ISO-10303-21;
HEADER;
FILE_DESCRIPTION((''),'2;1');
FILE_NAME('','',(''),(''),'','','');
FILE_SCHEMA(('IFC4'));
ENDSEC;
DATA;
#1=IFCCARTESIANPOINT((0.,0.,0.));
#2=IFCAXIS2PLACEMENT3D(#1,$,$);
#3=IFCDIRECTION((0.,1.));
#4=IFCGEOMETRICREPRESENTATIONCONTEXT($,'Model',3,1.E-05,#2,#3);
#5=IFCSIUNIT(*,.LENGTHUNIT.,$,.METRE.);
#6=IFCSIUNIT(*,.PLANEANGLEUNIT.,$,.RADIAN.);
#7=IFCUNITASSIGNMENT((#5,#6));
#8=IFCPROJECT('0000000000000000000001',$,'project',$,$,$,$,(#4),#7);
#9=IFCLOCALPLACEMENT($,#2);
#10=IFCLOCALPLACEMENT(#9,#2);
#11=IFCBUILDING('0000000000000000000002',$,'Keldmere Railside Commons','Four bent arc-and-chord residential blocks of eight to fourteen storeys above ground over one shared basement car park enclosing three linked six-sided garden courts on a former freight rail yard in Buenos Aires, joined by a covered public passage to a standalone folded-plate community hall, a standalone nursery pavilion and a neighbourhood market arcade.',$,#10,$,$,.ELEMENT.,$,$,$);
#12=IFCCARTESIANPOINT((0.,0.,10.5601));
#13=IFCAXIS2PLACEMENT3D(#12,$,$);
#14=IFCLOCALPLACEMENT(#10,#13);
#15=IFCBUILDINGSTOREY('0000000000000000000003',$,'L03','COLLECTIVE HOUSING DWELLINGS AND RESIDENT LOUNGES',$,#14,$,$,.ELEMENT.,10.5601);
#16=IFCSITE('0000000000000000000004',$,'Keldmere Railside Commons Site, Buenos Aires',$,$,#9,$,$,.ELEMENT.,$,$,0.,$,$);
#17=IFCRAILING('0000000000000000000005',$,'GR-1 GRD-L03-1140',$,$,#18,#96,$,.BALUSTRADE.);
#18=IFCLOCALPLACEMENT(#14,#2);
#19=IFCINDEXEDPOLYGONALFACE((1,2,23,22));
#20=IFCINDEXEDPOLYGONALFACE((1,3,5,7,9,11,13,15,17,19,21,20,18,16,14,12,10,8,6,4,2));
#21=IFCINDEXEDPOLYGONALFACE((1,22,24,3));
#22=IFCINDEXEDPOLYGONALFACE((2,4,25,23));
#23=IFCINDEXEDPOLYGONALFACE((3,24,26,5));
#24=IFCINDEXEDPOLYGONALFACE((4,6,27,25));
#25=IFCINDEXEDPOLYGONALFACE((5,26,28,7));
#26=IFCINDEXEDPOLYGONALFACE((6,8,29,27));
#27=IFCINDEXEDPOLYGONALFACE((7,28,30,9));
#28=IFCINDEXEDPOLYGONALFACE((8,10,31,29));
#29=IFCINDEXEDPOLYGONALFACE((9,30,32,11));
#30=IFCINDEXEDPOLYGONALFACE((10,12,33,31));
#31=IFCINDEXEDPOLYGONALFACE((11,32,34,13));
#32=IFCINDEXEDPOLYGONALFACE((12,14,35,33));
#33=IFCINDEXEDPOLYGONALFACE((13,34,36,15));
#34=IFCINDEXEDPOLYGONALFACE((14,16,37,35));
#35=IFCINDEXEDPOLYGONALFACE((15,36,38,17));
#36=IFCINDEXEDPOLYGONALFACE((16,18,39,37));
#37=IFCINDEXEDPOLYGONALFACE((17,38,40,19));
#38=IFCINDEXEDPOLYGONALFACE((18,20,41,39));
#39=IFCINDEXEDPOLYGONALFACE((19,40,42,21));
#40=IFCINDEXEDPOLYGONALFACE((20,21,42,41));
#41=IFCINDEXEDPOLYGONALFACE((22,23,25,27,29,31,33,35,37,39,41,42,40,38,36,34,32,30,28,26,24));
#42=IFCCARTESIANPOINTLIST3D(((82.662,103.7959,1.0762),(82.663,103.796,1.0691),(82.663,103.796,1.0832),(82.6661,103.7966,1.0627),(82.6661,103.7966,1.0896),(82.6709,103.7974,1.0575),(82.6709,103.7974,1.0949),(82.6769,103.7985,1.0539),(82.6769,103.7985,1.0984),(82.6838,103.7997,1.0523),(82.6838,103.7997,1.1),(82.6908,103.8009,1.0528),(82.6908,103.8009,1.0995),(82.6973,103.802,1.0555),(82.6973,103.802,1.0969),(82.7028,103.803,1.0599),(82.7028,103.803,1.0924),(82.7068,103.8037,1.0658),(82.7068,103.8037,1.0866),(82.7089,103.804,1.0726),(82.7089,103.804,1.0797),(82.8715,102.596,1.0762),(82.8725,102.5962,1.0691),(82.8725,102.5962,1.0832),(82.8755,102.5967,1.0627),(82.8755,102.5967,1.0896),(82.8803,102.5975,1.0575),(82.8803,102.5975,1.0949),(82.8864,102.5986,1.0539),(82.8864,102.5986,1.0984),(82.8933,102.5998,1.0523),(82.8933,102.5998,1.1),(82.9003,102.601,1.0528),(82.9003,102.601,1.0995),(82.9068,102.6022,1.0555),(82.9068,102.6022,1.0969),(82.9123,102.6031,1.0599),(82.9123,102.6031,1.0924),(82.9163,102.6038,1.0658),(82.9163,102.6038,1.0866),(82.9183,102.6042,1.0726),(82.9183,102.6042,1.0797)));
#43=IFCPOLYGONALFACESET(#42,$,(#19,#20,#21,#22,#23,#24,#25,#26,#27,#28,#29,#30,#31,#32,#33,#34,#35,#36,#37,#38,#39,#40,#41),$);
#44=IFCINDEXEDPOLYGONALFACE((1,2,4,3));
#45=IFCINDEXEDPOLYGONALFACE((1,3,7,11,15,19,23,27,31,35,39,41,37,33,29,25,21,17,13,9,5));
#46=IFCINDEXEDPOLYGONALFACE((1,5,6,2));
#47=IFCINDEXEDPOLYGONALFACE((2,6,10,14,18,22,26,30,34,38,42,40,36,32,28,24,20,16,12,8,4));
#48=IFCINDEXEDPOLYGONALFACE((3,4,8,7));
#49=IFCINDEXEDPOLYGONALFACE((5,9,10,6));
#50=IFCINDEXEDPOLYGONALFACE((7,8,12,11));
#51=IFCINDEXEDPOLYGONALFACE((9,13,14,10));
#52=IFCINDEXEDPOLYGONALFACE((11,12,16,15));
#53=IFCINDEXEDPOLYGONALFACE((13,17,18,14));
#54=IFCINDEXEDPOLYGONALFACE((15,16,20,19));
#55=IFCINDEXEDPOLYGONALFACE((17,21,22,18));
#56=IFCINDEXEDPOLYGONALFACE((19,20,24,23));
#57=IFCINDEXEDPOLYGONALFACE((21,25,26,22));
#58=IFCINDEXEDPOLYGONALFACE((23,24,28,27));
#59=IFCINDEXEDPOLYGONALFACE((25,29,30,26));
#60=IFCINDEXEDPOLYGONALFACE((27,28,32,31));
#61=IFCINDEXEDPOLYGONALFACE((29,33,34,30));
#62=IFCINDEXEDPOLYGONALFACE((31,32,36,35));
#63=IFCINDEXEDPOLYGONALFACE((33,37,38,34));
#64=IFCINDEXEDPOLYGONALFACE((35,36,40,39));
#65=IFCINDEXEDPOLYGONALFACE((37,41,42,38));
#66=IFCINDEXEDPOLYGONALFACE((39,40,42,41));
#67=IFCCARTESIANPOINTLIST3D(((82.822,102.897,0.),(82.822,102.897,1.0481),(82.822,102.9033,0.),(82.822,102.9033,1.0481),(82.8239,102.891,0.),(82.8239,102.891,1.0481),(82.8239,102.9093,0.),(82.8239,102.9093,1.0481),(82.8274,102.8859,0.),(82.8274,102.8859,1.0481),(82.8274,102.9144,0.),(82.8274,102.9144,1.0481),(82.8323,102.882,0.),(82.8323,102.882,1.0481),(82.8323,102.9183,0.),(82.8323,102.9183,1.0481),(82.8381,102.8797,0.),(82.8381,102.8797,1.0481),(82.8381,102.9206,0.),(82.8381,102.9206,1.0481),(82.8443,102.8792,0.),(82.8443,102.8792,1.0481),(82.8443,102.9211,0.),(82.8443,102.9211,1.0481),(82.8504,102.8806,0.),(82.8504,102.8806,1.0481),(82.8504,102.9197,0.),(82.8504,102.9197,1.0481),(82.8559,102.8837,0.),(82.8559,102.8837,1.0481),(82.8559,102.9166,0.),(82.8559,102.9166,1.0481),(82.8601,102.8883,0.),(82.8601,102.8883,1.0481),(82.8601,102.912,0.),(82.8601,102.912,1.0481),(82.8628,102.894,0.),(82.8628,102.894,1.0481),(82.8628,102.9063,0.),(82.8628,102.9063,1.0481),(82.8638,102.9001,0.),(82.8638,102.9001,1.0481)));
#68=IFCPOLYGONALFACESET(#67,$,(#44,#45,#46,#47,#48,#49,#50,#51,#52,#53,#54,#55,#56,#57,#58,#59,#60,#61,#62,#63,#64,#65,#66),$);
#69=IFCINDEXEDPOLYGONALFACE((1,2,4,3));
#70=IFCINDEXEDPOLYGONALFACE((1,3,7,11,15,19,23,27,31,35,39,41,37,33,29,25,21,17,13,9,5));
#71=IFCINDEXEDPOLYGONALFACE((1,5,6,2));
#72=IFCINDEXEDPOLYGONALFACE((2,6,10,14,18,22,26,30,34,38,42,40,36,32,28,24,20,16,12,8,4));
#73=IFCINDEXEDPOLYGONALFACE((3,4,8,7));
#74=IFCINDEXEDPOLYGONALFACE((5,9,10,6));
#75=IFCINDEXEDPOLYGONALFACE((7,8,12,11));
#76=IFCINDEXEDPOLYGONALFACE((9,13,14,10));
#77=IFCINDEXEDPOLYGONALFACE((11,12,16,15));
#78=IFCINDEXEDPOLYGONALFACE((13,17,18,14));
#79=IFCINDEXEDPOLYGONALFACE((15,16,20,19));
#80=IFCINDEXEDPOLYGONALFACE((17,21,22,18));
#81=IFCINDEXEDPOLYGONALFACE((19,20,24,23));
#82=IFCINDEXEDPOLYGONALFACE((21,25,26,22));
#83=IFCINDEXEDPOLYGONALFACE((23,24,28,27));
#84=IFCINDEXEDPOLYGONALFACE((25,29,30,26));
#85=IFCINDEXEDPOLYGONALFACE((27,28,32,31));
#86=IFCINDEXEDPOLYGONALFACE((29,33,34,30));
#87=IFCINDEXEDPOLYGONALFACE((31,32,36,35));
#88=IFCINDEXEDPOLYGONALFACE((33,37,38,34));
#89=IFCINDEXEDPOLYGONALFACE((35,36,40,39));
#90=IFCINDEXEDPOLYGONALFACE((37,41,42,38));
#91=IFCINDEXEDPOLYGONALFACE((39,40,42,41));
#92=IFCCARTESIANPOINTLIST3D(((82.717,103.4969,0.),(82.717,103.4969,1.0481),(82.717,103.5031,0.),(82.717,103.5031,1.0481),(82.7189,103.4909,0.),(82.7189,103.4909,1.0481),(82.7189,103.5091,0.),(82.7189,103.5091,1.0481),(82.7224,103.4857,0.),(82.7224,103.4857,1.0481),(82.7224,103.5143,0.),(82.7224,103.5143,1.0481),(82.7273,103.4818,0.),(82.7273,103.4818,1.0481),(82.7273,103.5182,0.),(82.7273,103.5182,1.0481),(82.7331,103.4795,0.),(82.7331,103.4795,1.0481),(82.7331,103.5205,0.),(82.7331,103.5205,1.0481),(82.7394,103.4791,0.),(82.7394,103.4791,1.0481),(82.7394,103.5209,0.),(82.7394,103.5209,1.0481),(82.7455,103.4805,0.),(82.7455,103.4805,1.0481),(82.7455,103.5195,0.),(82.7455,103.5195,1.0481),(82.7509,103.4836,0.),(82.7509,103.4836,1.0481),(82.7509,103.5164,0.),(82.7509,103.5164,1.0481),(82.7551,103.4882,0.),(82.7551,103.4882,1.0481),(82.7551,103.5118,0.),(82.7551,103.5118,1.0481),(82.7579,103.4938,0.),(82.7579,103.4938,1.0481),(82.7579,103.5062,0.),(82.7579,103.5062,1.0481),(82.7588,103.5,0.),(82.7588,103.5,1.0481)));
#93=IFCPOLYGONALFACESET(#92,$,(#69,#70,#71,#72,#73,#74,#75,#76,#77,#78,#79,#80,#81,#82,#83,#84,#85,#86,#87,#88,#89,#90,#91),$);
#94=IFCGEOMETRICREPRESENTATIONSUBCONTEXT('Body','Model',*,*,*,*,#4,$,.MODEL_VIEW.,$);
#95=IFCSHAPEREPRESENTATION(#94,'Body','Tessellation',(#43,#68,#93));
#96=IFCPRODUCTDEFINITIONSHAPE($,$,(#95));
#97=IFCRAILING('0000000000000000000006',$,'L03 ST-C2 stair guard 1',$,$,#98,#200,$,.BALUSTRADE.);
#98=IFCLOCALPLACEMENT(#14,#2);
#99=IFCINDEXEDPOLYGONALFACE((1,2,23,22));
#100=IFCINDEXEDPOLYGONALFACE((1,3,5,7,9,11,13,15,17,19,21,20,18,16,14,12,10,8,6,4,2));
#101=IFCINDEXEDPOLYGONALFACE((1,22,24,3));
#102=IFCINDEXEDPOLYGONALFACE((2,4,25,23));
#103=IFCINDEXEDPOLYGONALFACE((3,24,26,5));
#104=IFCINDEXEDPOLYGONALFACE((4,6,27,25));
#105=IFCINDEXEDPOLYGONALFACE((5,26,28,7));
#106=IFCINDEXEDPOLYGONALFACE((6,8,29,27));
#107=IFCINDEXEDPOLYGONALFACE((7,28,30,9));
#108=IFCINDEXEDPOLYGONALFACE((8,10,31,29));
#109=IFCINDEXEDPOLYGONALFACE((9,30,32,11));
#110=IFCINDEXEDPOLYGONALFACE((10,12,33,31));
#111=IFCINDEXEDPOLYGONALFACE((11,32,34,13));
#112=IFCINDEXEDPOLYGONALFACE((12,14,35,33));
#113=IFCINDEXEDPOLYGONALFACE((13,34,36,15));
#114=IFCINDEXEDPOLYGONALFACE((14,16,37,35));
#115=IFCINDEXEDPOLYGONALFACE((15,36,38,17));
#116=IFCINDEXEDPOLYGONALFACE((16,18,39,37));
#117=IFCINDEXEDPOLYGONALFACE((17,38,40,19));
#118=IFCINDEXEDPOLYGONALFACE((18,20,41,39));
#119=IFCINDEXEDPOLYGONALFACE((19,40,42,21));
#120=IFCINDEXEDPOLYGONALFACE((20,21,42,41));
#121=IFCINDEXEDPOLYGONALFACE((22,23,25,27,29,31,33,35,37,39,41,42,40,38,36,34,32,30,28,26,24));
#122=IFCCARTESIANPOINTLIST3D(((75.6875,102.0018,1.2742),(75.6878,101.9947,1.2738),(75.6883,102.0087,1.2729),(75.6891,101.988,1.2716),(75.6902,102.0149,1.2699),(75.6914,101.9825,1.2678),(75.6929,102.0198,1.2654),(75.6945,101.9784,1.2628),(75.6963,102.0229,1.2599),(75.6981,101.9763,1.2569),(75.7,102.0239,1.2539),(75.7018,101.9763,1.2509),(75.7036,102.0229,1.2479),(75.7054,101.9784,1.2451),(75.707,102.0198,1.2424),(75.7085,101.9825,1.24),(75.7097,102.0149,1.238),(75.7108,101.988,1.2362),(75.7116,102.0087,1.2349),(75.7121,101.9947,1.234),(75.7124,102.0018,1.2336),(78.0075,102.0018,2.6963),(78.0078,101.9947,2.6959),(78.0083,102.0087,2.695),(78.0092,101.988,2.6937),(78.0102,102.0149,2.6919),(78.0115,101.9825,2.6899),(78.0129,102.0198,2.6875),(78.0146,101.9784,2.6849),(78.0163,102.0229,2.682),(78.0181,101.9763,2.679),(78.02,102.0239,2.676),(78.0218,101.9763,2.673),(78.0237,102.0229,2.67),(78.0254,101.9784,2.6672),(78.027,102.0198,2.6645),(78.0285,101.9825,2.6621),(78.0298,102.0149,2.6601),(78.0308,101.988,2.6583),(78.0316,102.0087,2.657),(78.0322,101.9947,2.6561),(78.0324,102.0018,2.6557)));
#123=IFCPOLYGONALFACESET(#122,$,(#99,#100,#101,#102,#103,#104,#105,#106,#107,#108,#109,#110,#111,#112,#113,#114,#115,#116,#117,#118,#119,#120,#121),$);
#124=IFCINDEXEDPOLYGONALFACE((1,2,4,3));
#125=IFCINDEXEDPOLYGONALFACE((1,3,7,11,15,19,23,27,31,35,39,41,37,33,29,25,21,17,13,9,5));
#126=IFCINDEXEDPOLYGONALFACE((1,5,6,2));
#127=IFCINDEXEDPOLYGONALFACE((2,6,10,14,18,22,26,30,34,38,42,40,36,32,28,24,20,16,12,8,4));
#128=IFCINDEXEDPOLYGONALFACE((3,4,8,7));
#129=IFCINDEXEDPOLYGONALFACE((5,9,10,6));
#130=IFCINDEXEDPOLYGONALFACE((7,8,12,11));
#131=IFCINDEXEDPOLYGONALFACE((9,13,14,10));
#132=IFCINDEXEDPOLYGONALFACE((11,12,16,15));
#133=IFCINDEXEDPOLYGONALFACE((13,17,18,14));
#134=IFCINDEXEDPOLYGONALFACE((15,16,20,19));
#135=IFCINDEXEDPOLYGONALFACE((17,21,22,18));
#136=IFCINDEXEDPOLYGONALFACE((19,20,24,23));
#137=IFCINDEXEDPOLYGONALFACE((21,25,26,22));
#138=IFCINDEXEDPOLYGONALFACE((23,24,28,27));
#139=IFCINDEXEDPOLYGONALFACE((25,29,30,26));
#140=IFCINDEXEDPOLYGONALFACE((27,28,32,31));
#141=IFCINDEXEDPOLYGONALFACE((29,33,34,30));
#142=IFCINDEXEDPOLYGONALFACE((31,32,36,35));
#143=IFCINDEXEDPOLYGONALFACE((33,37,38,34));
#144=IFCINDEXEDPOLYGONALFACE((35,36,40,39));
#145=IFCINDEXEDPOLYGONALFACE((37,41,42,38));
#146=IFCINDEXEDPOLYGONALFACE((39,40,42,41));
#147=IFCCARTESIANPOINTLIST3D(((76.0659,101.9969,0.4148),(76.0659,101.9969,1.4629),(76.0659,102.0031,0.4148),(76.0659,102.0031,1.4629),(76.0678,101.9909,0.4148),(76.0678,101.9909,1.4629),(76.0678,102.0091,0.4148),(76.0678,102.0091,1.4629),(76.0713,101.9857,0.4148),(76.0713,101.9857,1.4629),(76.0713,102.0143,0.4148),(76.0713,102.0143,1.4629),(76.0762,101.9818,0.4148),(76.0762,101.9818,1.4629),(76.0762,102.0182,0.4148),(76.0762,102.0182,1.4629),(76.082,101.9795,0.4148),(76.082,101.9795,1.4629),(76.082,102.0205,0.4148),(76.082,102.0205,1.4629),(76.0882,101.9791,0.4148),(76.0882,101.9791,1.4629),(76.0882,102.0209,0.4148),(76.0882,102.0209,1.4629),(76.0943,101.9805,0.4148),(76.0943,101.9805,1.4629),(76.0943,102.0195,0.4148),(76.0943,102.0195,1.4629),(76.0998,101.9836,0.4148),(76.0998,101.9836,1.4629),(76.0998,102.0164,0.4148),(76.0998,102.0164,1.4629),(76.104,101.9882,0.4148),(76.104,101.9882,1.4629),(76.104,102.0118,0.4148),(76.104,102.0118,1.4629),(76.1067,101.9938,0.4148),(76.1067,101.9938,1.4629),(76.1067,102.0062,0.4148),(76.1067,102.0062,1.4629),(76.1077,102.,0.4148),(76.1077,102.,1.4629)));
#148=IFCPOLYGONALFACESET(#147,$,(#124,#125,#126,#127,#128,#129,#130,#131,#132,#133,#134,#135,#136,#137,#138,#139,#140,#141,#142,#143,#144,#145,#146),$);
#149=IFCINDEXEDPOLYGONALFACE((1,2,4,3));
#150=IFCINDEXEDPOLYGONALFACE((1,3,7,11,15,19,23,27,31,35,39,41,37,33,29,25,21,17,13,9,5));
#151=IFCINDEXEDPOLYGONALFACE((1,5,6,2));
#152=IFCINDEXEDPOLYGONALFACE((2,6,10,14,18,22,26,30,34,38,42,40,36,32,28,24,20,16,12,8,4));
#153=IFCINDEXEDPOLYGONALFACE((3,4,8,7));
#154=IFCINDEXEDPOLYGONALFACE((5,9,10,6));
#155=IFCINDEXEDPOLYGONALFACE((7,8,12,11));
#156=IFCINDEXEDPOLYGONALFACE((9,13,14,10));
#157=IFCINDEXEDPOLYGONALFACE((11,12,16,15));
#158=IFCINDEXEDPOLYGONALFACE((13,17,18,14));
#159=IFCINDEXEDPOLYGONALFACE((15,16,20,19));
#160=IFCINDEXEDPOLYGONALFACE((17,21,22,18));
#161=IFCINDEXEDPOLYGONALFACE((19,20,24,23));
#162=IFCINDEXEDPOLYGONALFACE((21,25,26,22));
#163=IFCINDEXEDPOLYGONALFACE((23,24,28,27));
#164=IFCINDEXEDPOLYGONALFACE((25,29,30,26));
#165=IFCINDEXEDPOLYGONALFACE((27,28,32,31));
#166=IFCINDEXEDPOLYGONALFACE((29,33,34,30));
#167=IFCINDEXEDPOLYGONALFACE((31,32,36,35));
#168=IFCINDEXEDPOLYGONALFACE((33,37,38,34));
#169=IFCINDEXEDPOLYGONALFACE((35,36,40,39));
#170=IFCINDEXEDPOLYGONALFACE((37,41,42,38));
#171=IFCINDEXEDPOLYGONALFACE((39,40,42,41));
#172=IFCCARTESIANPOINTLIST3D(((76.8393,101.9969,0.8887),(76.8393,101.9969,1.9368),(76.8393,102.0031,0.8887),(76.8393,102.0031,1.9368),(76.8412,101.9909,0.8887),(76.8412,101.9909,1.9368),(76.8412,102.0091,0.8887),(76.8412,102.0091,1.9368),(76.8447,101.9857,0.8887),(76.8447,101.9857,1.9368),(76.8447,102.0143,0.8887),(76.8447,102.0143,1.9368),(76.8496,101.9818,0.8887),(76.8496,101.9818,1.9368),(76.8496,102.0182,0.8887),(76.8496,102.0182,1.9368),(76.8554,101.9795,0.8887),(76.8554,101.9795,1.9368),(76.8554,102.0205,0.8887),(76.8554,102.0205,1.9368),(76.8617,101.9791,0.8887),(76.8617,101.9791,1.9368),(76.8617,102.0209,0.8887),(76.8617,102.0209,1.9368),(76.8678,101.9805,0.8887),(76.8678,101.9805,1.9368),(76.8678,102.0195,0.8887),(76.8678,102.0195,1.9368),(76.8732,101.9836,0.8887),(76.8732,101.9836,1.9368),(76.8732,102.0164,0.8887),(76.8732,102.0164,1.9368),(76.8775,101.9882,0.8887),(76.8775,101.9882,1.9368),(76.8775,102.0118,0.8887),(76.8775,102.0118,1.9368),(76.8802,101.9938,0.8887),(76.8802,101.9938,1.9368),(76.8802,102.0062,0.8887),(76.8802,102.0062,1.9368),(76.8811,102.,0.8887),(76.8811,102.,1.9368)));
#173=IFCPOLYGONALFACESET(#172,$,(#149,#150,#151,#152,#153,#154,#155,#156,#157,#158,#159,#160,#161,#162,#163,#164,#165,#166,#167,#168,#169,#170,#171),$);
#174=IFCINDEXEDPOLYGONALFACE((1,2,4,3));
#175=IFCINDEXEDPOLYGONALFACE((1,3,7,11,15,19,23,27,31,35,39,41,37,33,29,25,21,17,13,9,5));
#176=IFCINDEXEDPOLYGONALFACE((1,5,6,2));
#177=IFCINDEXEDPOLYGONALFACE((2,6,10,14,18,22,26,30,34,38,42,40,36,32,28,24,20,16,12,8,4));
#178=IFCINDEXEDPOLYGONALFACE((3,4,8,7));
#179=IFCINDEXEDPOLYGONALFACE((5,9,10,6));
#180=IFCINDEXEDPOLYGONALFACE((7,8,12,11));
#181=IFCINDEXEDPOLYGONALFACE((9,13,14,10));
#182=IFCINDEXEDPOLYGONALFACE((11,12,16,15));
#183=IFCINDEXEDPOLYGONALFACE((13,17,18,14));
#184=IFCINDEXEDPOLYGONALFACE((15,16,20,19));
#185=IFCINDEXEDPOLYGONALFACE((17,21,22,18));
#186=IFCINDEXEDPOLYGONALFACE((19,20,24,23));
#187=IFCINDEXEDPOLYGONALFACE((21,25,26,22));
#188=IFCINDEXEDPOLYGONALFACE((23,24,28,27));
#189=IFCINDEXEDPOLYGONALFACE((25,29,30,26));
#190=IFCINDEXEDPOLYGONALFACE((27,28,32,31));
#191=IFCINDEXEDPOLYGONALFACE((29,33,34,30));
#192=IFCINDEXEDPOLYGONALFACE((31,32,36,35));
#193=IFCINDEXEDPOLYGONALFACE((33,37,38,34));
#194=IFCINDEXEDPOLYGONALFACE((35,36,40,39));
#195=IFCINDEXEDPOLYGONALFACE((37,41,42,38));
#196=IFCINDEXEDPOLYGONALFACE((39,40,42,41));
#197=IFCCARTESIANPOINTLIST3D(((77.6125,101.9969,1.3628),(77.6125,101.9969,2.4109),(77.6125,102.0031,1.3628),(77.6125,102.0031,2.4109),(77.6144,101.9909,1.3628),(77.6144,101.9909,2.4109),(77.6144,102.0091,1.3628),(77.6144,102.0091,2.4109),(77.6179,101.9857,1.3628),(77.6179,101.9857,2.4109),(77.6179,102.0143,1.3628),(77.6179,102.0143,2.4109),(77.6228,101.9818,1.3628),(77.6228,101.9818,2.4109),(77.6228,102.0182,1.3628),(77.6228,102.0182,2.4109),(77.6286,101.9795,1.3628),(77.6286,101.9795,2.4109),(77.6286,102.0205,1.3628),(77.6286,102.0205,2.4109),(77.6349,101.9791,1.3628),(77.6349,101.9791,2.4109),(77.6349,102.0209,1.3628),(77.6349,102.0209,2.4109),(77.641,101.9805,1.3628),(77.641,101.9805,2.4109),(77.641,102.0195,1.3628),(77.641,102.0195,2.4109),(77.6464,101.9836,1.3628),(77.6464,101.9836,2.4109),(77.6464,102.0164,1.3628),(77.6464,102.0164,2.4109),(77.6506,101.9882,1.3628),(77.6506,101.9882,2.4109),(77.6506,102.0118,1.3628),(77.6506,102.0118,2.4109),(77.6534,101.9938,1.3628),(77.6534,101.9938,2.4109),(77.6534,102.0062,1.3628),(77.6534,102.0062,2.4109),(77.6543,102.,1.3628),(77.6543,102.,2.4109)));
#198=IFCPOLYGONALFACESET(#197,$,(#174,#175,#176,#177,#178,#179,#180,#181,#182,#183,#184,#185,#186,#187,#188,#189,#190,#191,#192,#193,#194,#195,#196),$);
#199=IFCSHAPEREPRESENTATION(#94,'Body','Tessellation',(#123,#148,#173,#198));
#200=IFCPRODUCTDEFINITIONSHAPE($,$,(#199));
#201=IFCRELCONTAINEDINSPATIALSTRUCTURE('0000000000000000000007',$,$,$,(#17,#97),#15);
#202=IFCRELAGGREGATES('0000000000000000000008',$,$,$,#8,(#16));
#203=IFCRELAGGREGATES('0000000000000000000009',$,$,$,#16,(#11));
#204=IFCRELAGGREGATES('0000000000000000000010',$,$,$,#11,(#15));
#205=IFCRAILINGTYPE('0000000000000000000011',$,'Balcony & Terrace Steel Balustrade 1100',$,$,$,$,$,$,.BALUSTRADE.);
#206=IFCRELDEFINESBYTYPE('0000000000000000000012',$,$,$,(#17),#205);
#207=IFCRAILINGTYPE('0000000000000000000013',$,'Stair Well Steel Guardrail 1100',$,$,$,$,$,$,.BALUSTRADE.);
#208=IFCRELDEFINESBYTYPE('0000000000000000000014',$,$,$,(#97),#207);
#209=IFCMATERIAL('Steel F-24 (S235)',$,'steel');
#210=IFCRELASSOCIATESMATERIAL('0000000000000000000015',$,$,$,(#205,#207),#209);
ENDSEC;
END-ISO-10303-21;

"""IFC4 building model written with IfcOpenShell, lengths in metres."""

from ifc_helpers import new_model, si_unit, direction, frame, origin, origin_2d, place, context, subcontext, project, spatial, circle, extrude, material, type_object, element, save


model = new_model("IFC4")

# Units and contexts
model_context = context("Model", 3, precision=1e-05, world=origin(), true_north=direction((0.0, 1.0)))
body_context = subcontext(model_context, "Body", "Model", "MODEL_VIEW")
ifc_project = project(units=[si_unit("LENGTHUNIT", "METRE"), si_unit("PLANEANGLEUNIT", "RADIAN")], contexts=[model_context])

# Site, building, storey
site_placement = place(None, origin())
site = spatial("IfcSite", under=ifc_project, at=site_placement, Name="Keldmere Railside Commons Site, Buenos Aires", CompositionType="ELEMENT", RefElevation=0.0)
building_placement = place(site_placement, origin())
building = spatial("IfcBuilding", under=site, at=building_placement, Name="Keldmere Railside Commons", Description="Four bent arc-and-chord residential blocks of eight to fourteen storeys above ground over one shared basement car park enclosing three linked six-sided garden courts on a former freight rail yard in Buenos Aires, joined by a covered public passage to a standalone folded-plate community hall, a standalone nursery pavilion and a neighbourhood market arcade.", CompositionType="ELEMENT")
storey_placement = place(building_placement, frame((0.0, 0.0, 10.5601)))
storey = spatial("IfcBuildingStorey", under=building, at=storey_placement, Name="L03", Description="COLLECTIVE HOUSING DWELLINGS AND RESIDENT LOUNGES", CompositionType="ELEMENT", Elevation=10.5601)

# Railings
ifc_material_1 = material(Name="Steel F-24 (S235)", Category="steel")
railing_type_1 = type_object("IfcRailingType", Name="Balcony & Terrace Steel Balustrade 1100", PredefinedType="BALUSTRADE", material=ifc_material_1)
railing_1_placement = place(storey_placement, frame((82.895, 102.6001, 0.0)))
element("IfcRailing", 1, at=railing_1_placement, inside=storey, type_object=railing_type_1, Name="GR-1 GRD-L03-1140", PredefinedType="BALUSTRADE", context=body_context, shape_type="SweptSolid", body=[
    extrude(circle(Radius=0.0239, at=origin_2d()), frame((0.0, 0.0, 1.0762), z_axis=(-0.171967, 0.985103, 0.0), x_axis=(-0.985103, -0.171967, 0.0)), (0.0, 0.0, 1.0), 1.218),
    extrude(circle(Radius=0.021, at=origin_2d()), frame((-0.0522, 0.3, 0.0)), (0.0, 0.0, 1.0), 1.0481),
    extrude(circle(Radius=0.021, at=origin_2d()), frame((-0.1572, 0.8999, 0.0)), (0.0, 0.0, 1.0), 1.0481),
])
railing_type_2 = type_object("IfcRailingType", Name="Stair Well Steel Guardrail 1100", PredefinedType="BALUSTRADE", material=ifc_material_1)
railing_2_placement = place(storey_placement, frame((75.7, 102.0, 0.1777)))
element("IfcRailing", 2, at=railing_2_placement, inside=storey, type_object=railing_type_2, Name="L03 ST-C2 stair guard 1", PredefinedType="BALUSTRADE", context=body_context, shape_type="SweptSolid", body=[
    extrude(circle(Radius=0.0239, at=origin_2d()), frame((0.0, 0.0, 1.0762), z_axis=(0.852578, 0.0, 0.5226), x_axis=(0.0, 1.0, 0.0)), (0.0, 0.0, 1.0), 2.7212),
    extrude(circle(Radius=0.021, at=origin_2d()), frame((0.3867, 0.0, 0.2371)), (0.0, 0.0, 1.0), 1.0481),
    extrude(circle(Radius=0.021, at=origin_2d()), frame((1.1602, 0.0, 0.7109)), (0.0, 0.0, 1.0), 1.0481),
    extrude(circle(Radius=0.021, at=origin_2d()), frame((1.9333, 0.0, 1.1851)), (0.0, 0.0, 1.0), 1.0481),
])

save(model, "model.ifc")
